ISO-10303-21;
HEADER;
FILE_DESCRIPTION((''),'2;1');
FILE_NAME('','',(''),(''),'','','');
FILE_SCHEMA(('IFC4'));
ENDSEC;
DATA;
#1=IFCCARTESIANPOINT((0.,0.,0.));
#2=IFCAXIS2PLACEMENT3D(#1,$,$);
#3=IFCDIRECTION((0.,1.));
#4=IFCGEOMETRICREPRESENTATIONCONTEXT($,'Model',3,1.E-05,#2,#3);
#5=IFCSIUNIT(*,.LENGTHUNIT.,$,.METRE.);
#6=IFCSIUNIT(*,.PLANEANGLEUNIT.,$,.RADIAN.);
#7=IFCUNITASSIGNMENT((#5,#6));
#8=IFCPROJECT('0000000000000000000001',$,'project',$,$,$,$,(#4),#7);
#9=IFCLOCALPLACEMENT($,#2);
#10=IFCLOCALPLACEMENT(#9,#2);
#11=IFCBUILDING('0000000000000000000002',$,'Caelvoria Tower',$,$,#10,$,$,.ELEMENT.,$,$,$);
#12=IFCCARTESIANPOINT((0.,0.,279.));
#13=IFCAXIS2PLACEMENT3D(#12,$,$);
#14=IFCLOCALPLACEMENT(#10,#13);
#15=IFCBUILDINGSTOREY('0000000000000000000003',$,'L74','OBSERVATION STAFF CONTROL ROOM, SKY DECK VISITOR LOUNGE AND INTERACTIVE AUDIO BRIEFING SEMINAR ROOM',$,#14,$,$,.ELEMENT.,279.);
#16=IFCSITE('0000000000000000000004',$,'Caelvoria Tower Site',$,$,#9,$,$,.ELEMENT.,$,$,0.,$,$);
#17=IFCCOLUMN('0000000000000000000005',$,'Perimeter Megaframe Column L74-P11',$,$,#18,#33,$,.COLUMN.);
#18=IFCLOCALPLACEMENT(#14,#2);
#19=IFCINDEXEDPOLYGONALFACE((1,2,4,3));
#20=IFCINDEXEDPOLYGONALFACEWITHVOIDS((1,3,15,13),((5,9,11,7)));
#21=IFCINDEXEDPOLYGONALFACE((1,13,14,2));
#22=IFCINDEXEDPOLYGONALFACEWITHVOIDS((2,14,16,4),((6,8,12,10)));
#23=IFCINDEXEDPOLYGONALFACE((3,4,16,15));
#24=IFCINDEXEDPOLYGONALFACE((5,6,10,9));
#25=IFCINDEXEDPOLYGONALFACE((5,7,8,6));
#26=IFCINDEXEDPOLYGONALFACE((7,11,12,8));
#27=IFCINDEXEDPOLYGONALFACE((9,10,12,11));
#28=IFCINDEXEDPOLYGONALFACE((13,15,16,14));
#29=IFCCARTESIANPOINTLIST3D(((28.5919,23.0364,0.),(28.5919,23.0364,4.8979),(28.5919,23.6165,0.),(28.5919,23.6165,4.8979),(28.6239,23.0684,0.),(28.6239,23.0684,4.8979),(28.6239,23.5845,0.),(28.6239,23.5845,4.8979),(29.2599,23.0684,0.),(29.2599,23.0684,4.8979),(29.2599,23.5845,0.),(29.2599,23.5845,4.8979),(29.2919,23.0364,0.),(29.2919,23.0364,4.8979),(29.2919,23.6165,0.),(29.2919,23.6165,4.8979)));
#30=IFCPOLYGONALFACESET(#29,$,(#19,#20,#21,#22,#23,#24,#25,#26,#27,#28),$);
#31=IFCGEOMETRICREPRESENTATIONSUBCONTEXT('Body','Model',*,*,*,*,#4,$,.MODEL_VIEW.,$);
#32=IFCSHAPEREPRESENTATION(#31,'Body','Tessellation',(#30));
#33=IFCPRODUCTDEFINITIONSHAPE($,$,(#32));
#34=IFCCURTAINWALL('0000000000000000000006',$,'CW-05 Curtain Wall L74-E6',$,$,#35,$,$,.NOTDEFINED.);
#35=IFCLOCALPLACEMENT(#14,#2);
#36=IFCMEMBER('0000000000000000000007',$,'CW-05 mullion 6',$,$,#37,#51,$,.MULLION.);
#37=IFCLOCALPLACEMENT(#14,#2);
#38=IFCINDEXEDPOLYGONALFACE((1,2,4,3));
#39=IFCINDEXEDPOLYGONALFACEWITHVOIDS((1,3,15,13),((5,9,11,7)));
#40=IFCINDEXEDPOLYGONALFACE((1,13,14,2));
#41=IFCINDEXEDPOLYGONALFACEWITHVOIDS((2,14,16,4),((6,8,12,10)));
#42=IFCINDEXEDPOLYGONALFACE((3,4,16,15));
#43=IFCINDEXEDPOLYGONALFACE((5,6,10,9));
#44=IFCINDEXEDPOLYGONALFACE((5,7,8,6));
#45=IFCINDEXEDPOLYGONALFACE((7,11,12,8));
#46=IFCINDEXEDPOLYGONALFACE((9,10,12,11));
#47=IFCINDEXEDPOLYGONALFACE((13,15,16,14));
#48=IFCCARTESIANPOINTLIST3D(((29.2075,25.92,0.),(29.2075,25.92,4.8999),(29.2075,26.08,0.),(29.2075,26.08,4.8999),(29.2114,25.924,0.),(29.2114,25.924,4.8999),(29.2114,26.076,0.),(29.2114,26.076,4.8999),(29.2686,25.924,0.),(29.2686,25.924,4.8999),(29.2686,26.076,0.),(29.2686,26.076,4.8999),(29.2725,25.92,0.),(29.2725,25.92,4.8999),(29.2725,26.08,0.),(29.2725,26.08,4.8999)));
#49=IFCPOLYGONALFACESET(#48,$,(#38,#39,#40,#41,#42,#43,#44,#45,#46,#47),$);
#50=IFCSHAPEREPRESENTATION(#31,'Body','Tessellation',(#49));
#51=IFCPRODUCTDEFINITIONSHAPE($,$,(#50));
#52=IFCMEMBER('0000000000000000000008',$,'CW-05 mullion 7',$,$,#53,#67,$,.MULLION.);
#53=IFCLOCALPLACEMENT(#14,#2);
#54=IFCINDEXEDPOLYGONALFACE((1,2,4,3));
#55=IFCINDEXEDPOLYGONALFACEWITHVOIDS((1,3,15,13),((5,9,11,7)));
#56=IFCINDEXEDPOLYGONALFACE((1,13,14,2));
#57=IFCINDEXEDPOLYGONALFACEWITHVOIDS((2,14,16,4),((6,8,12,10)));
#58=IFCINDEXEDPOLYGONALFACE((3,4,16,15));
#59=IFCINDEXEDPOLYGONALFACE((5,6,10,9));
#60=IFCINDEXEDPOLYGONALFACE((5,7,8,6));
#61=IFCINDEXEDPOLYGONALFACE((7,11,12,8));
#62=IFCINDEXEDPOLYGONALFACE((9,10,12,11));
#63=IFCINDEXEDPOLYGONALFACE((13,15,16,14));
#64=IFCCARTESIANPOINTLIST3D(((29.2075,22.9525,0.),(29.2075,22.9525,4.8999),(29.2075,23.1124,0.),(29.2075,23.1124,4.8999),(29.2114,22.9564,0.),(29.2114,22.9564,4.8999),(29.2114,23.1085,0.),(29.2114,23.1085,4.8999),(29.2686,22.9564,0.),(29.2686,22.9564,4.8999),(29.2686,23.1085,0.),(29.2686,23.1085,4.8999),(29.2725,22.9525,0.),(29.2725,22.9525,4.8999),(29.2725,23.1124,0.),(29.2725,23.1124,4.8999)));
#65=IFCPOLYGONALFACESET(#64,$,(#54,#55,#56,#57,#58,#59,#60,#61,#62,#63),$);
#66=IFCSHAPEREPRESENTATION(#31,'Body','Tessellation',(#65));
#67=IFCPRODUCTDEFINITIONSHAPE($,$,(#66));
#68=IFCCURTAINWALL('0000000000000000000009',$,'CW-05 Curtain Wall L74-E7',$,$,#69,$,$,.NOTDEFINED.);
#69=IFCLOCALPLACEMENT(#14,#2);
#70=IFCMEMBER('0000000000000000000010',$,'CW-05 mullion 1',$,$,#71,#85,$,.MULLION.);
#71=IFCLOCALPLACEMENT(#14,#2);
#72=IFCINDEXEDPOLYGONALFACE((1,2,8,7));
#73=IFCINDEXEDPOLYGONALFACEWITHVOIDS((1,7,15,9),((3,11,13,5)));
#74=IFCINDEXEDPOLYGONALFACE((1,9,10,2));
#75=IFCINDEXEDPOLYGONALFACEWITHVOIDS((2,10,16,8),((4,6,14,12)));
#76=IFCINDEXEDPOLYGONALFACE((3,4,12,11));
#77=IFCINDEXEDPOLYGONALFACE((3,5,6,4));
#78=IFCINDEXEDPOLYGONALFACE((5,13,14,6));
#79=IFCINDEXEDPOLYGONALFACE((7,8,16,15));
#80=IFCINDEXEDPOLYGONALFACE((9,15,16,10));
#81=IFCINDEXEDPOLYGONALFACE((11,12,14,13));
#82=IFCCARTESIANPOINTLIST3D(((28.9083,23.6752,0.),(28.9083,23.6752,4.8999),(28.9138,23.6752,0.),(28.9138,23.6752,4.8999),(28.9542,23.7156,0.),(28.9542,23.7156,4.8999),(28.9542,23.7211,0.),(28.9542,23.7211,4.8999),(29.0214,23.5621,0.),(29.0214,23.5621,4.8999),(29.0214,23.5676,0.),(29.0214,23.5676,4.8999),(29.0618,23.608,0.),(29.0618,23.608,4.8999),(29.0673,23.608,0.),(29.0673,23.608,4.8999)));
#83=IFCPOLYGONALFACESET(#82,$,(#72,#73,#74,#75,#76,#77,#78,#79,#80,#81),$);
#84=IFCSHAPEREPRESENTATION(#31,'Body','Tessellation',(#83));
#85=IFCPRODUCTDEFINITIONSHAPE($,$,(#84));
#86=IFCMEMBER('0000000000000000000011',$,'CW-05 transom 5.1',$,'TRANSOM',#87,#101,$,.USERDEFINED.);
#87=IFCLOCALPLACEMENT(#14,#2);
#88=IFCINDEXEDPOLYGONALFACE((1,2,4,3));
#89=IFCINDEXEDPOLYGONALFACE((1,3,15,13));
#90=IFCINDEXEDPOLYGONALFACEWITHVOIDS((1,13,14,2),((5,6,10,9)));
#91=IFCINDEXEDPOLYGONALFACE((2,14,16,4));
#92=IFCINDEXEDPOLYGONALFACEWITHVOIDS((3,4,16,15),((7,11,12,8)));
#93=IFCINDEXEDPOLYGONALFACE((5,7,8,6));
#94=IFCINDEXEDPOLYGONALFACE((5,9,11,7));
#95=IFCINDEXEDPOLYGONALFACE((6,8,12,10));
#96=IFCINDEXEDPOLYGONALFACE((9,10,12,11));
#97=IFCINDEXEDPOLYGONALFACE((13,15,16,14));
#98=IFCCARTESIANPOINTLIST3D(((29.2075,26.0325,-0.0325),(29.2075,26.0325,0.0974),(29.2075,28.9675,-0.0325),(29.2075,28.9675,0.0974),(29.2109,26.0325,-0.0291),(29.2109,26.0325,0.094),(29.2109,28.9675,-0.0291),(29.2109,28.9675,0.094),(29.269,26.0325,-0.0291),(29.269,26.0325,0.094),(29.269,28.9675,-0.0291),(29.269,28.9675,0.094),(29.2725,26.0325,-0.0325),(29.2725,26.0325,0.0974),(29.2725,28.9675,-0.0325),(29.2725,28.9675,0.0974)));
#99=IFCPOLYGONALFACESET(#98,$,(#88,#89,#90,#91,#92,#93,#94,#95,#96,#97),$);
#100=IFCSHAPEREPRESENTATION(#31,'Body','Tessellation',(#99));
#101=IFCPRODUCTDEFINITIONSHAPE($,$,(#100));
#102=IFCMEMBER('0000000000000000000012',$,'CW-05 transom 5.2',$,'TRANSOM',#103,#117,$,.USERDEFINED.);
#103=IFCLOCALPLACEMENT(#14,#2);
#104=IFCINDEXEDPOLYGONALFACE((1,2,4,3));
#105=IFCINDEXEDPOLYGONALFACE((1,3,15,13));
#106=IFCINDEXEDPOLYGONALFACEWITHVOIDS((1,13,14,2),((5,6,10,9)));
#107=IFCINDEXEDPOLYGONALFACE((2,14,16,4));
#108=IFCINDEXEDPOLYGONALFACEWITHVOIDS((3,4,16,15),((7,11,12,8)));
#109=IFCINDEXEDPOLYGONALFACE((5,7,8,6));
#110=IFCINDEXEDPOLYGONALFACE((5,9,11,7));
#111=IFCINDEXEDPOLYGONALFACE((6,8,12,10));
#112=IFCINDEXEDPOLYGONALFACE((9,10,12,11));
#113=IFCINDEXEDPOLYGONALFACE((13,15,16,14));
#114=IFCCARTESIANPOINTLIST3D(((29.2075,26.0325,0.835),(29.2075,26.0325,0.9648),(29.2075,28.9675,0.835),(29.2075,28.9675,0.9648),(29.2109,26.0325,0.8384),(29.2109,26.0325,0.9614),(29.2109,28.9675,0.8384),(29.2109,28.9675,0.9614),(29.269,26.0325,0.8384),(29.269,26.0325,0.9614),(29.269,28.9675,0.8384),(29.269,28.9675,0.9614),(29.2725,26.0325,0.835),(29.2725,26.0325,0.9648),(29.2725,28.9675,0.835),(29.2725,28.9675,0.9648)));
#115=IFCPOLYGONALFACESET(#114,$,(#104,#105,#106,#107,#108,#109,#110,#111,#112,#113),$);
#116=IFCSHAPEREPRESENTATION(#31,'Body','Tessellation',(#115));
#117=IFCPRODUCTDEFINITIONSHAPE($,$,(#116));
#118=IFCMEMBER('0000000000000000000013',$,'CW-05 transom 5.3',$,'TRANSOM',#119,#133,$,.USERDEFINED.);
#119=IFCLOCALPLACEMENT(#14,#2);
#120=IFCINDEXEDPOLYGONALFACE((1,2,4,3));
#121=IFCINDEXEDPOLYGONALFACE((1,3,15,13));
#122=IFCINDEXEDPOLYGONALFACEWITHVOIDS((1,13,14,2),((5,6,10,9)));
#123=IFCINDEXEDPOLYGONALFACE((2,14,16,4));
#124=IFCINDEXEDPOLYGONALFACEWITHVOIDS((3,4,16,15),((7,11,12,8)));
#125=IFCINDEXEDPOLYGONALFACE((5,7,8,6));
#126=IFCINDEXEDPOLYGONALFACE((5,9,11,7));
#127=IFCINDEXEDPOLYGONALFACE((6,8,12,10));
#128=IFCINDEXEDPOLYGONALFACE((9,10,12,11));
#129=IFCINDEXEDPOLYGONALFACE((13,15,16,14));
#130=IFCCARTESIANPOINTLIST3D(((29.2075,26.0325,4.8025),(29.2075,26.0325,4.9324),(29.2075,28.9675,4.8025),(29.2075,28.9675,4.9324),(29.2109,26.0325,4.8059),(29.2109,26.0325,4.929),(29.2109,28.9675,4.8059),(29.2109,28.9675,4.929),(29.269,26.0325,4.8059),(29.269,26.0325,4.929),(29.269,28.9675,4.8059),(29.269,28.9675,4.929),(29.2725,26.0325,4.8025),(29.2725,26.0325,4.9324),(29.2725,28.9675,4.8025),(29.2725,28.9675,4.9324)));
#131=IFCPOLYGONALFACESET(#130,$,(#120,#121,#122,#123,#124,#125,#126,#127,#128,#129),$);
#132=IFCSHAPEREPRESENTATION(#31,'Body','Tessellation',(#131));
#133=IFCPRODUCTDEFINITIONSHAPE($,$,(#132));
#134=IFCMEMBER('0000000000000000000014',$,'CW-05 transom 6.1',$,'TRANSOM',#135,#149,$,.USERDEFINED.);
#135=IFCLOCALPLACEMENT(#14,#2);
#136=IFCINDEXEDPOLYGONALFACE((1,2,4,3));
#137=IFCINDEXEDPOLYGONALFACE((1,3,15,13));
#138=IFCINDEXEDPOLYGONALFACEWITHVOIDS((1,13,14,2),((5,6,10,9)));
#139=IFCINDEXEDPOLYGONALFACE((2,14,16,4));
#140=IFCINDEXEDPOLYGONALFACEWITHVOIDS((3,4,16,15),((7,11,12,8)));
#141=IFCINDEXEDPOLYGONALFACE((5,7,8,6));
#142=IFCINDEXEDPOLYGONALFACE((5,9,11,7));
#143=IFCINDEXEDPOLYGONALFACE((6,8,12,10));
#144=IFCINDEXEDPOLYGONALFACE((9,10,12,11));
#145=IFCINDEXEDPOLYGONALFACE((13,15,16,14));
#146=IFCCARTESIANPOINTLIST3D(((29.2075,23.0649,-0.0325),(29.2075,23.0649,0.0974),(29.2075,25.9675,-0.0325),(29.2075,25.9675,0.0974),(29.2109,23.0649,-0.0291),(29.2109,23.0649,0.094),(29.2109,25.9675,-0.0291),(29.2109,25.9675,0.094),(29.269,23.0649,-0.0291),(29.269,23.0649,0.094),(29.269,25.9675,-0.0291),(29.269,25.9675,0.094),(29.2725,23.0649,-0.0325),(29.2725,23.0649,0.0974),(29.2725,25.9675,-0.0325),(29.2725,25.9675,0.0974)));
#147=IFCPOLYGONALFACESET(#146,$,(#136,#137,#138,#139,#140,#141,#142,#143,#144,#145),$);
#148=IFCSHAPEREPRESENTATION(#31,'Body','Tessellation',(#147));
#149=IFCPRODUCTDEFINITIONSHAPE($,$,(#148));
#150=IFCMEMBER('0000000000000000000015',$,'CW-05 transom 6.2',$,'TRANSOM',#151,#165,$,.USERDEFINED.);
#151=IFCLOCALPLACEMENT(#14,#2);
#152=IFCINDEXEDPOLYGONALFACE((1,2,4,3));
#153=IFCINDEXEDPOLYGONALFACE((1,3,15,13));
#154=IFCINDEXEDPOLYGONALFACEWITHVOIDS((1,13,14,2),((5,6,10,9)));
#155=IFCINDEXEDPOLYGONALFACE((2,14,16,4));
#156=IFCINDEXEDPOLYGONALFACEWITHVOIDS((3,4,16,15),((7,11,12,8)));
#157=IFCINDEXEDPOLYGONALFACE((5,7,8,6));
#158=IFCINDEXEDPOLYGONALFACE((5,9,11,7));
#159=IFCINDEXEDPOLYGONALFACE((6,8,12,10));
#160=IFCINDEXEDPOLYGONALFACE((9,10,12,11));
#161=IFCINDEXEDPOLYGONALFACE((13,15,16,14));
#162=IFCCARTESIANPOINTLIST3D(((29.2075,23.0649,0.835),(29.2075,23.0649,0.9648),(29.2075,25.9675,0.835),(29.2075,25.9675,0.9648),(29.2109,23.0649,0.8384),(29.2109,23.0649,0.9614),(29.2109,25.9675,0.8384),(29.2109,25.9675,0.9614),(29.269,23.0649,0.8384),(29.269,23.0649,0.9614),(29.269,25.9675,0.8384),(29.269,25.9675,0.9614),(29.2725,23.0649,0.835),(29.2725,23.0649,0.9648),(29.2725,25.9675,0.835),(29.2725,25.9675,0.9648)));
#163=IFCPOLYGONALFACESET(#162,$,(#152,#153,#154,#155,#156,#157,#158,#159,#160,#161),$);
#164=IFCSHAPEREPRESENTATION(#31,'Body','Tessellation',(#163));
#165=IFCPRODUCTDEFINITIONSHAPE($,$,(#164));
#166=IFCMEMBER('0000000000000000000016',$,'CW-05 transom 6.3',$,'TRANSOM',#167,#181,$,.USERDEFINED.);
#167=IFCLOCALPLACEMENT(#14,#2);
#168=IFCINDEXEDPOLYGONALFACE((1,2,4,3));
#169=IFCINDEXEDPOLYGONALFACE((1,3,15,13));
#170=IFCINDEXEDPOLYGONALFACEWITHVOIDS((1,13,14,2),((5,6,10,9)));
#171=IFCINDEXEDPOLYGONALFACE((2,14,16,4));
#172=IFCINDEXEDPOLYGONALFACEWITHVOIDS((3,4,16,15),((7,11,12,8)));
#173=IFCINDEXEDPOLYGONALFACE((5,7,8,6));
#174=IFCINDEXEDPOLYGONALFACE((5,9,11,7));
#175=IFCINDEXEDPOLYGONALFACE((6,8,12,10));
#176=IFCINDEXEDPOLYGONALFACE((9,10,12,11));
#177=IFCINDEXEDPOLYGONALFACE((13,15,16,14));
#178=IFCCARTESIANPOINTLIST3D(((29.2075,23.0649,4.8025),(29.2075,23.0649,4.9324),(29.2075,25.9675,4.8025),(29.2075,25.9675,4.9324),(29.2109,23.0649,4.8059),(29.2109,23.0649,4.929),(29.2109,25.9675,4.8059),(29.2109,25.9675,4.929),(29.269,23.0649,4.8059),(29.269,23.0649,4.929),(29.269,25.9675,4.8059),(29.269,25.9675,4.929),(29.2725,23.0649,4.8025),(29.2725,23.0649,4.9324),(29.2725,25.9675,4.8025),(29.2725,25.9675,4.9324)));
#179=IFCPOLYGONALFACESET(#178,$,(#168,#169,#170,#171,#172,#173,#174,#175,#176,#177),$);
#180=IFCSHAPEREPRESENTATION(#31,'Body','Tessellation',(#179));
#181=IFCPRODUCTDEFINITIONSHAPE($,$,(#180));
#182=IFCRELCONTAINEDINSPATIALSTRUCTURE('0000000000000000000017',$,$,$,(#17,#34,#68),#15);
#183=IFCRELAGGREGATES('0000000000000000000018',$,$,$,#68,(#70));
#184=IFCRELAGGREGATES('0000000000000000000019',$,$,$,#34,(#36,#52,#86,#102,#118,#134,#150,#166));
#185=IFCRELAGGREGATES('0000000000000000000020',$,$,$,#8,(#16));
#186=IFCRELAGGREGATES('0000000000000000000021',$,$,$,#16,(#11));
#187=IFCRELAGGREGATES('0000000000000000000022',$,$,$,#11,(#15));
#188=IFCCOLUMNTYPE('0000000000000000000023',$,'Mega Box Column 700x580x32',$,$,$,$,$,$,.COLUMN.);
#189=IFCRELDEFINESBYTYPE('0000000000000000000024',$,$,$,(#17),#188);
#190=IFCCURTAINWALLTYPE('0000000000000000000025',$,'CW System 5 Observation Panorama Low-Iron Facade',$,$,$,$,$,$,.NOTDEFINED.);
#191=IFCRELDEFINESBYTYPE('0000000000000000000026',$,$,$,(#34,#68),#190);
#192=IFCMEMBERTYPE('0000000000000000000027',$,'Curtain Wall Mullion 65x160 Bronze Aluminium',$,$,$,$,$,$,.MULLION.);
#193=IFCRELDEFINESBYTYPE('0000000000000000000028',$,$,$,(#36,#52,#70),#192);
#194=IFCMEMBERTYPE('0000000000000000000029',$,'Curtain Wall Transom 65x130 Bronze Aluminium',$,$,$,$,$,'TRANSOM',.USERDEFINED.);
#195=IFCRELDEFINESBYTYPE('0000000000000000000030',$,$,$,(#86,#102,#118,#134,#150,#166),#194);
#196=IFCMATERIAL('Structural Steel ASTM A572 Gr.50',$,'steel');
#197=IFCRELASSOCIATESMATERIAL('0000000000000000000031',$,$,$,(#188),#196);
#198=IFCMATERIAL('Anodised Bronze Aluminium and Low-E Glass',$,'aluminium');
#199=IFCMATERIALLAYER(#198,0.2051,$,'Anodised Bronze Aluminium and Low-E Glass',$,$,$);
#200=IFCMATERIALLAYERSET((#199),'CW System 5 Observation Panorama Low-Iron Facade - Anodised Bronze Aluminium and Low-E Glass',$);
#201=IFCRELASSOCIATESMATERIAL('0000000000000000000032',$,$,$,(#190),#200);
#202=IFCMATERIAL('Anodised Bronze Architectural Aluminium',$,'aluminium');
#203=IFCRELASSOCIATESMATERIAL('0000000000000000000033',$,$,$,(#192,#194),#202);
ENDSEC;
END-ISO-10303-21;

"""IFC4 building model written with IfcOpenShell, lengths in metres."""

from ifc_helpers import new_model, si_unit, direction, frame, origin, origin_2d, place, context, subcontext, project, spatial, hollow_rectangle, extrude, material, layer, layer_set, material_profile, profile_set, type_object, element, aggregate, save


model = new_model("IFC4")

# Units and contexts
model_context = context("Model", 3, precision=1e-05, world=origin(), true_north=direction((0.0, 1.0)))
body_context = subcontext(model_context, "Body", "Model", "MODEL_VIEW")
ifc_project = project(units=[si_unit("LENGTHUNIT", "METRE"), si_unit("PLANEANGLEUNIT", "RADIAN")], contexts=[model_context])

# Site, building, storey
site_placement = place(None, origin())
site = spatial("IfcSite", under=ifc_project, at=site_placement, Name="Caelvoria Tower Site", CompositionType="ELEMENT", RefElevation=0.0)
building_placement = place(site_placement, origin())
building = spatial("IfcBuilding", under=site, at=building_placement, Name="Caelvoria Tower", CompositionType="ELEMENT")
storey_placement = place(building_placement, frame((0.0, 0.0, 279.0)))
storey = spatial("IfcBuildingStorey", under=building, at=storey_placement, Name="L74", Description="OBSERVATION STAFF CONTROL ROOM, SKY DECK VISITOR LOUNGE AND INTERACTIVE AUDIO BRIEFING SEMINAR ROOM", CompositionType="ELEMENT", Elevation=279.0)

# Column
ifc_material_1 = material(Name="Structural Steel ASTM A572 Gr.50", Category="steel")
ifc_material_profile_1 = material_profile(ifc_material_1, hollow_rectangle(XDim=0.5801, YDim=0.7, WallThickness=0.032, at=origin_2d()), Name="Structural Steel ASTM A572 Gr.50")
ifc_profile_set_1 = profile_set([ifc_material_profile_1], Name="BOX700X580X32 - Structural Steel ASTM A572 Gr.50")
column_type = type_object("IfcColumnType", Name="Mega Box Column 700x580x32", PredefinedType="COLUMN", material=ifc_profile_set_1)
column_placement = place(storey_placement, frame((28.9419, 23.3264, 0.0), z_axis=(0.0, 0.0, 1.0), x_axis=(0.0, 1.0, 0.0)))
element("IfcColumn", 1, at=column_placement, inside=storey, type_object=column_type, Name="Perimeter Megaframe Column L74-P11", PredefinedType="COLUMN", context=body_context, shape_type="SweptSolid", body=[
    extrude(hollow_rectangle(XDim=0.5801, YDim=0.7, WallThickness=0.032, at=origin_2d()), origin(), (0.0, 0.0, 1.0), 4.8979),
])

# Curtain wall, members
ifc_material_2 = material(Name="Anodised Bronze Aluminium and Low-E Glass", Category="aluminium")
ifc_layer_1 = layer(ifc_material_2, 0.2051, Name="Anodised Bronze Aluminium and Low-E Glass")
ifc_layer_set_1 = layer_set([ifc_layer_1], Name="CW System 5 Observation Panorama Low-Iron Facade - Anodised Bronze Aluminium and Low-E Glass")
curtain_wall_type = type_object("IfcCurtainWallType", Name="CW System 5 Observation Panorama Low-Iron Facade", PredefinedType="NOTDEFINED", material=ifc_layer_set_1)
curtain_wall_1_placement = place(storey_placement, origin())
curtain_wall_1 = element("IfcCurtainWall", 2, at=curtain_wall_1_placement, inside=storey, type_object=curtain_wall_type, Name="CW-05 Curtain Wall L74-E6", PredefinedType="NOTDEFINED")
ifc_material_3 = material(Name="Anodised Bronze Architectural Aluminium", Category="aluminium")
ifc_material_profile_2 = material_profile(ifc_material_3, hollow_rectangle(XDim=0.0649, YDim=0.1599, WallThickness=0.0039, at=origin_2d()), Name="Anodised Bronze Architectural Aluminium")
ifc_profile_set_2 = profile_set([ifc_material_profile_2], Name="CW_MULL_65X160 - Anodised Bronze Architectural Aluminium")
member_type_1 = type_object("IfcMemberType", Name="Curtain Wall Mullion 65x160 Bronze Aluminium", PredefinedType="MULLION", material=ifc_profile_set_2)
member_1_placement = place(storey_placement, frame((29.24, 26.0, 0.0), z_axis=(0.0, 0.0, 1.0), x_axis=(1.0, 0.0, 0.0)))
member_1 = element("IfcMember", 3, at=member_1_placement, type_object=member_type_1, Name="CW-05 mullion 6", PredefinedType="MULLION", context=body_context, shape_type="SweptSolid", body=[
    extrude(hollow_rectangle(XDim=0.0649, YDim=0.1599, WallThickness=0.0039, at=origin_2d()), origin(), (0.0, 0.0, 1.0), 4.8999),
])
member_2_placement = place(storey_placement, frame((29.24, 23.0325, 0.0), z_axis=(0.0, 0.0, 1.0), x_axis=(1.0, 0.0, 0.0)))
member_2 = element("IfcMember", 4, at=member_2_placement, type_object=member_type_1, Name="CW-05 mullion 7", PredefinedType="MULLION", context=body_context, shape_type="SweptSolid", body=[
    extrude(hollow_rectangle(XDim=0.0649, YDim=0.1599, WallThickness=0.0039, at=origin_2d()), origin(), (0.0, 0.0, 1.0), 4.8999),
])

# Curtain wall, member
curtain_wall_2_placement = place(storey_placement, origin())
curtain_wall_2 = element("IfcCurtainWall", 5, at=curtain_wall_2_placement, inside=storey, type_object=curtain_wall_type, Name="CW-05 Curtain Wall L74-E7", PredefinedType="NOTDEFINED")
member_3_placement = place(storey_placement, frame((28.9878, 23.6416, 0.0), z_axis=(0.0, 0.0, 1.0), x_axis=(0.707107, 0.707107, 0.0)))
member_3 = element("IfcMember", 6, at=member_3_placement, type_object=member_type_1, Name="CW-05 mullion 1", PredefinedType="MULLION", context=body_context, shape_type="SweptSolid", body=[
    extrude(hollow_rectangle(XDim=0.0649, YDim=0.1599, WallThickness=0.0039, at=origin_2d()), origin(), (0.0, 0.0, 1.0), 4.8999),
])

# Members
ifc_material_profile_3 = material_profile(ifc_material_3, hollow_rectangle(XDim=0.0649, YDim=0.1299, WallThickness=0.0034, at=origin_2d()), Name="Anodised Bronze Architectural Aluminium")
ifc_profile_set_3 = profile_set([ifc_material_profile_3], Name="CW_TRAN_65X130 - Anodised Bronze Architectural Aluminium")
member_type_2 = type_object("IfcMemberType", Name="Curtain Wall Transom 65x130 Bronze Aluminium", ElementType="TRANSOM", PredefinedType="USERDEFINED", material=ifc_profile_set_3)
member_4_placement = place(storey_placement, frame((29.24, 28.9675, 0.0325), z_axis=(0.0, -1.0, 0.0), x_axis=(1.0, 0.0, 0.0)))
member_4 = element("IfcMember", 7, at=member_4_placement, type_object=member_type_2, Name="CW-05 transom 5.1", ObjectType="TRANSOM", PredefinedType="USERDEFINED", context=body_context, shape_type="SweptSolid", body=[
    extrude(hollow_rectangle(XDim=0.0649, YDim=0.1299, WallThickness=0.0034, at=origin_2d()), origin(), (0.0, 0.0, 1.0), 2.9351),
])
member_5_placement = place(storey_placement, frame((29.24, 28.9675, 0.8999), z_axis=(0.0, -1.0, 0.0), x_axis=(1.0, 0.0, 0.0)))
member_5 = element("IfcMember", 8, at=member_5_placement, type_object=member_type_2, Name="CW-05 transom 5.2", ObjectType="TRANSOM", PredefinedType="USERDEFINED", context=body_context, shape_type="SweptSolid", body=[
    extrude(hollow_rectangle(XDim=0.0649, YDim=0.1299, WallThickness=0.0034, at=origin_2d()), origin(), (0.0, 0.0, 1.0), 2.9351),
])
member_6_placement = place(storey_placement, frame((29.24, 28.9675, 4.8674), z_axis=(0.0, -1.0, 0.0), x_axis=(1.0, 0.0, 0.0)))
member_6 = element("IfcMember", 9, at=member_6_placement, type_object=member_type_2, Name="CW-05 transom 5.3", ObjectType="TRANSOM", PredefinedType="USERDEFINED", context=body_context, shape_type="SweptSolid", body=[
    extrude(hollow_rectangle(XDim=0.0649, YDim=0.1299, WallThickness=0.0034, at=origin_2d()), origin(), (0.0, 0.0, 1.0), 2.9351),
])
member_7_placement = place(storey_placement, frame((29.24, 25.9675, 0.0325), z_axis=(0.0, -1.0, 0.0), x_axis=(1.0, 0.0, 0.0)))
member_7 = element("IfcMember", 10, at=member_7_placement, type_object=member_type_2, Name="CW-05 transom 6.1", ObjectType="TRANSOM", PredefinedType="USERDEFINED", context=body_context, shape_type="SweptSolid", body=[
    extrude(hollow_rectangle(XDim=0.0649, YDim=0.1299, WallThickness=0.0034, at=origin_2d()), origin(), (0.0, 0.0, 1.0), 2.9026),
])
member_8_placement = place(storey_placement, frame((29.24, 25.9675, 0.8999), z_axis=(0.0, -1.0, 0.0), x_axis=(1.0, 0.0, 0.0)))
member_8 = element("IfcMember", 11, at=member_8_placement, type_object=member_type_2, Name="CW-05 transom 6.2", ObjectType="TRANSOM", PredefinedType="USERDEFINED", context=body_context, shape_type="SweptSolid", body=[
    extrude(hollow_rectangle(XDim=0.0649, YDim=0.1299, WallThickness=0.0034, at=origin_2d()), origin(), (0.0, 0.0, 1.0), 2.9026),
])
member_9_placement = place(storey_placement, frame((29.24, 25.9675, 4.8674), z_axis=(0.0, -1.0, 0.0), x_axis=(1.0, 0.0, 0.0)))
member_9 = element("IfcMember", 12, at=member_9_placement, type_object=member_type_2, Name="CW-05 transom 6.3", ObjectType="TRANSOM", PredefinedType="USERDEFINED", context=body_context, shape_type="SweptSolid", body=[
    extrude(hollow_rectangle(XDim=0.0649, YDim=0.1299, WallThickness=0.0034, at=origin_2d()), origin(), (0.0, 0.0, 1.0), 2.9026),
])
aggregate(curtain_wall_2, [member_3])

aggregate(curtain_wall_1, [member_1, member_2, member_4, member_5, member_6, member_7, member_8, member_9])

save(model, "model.ifc")
